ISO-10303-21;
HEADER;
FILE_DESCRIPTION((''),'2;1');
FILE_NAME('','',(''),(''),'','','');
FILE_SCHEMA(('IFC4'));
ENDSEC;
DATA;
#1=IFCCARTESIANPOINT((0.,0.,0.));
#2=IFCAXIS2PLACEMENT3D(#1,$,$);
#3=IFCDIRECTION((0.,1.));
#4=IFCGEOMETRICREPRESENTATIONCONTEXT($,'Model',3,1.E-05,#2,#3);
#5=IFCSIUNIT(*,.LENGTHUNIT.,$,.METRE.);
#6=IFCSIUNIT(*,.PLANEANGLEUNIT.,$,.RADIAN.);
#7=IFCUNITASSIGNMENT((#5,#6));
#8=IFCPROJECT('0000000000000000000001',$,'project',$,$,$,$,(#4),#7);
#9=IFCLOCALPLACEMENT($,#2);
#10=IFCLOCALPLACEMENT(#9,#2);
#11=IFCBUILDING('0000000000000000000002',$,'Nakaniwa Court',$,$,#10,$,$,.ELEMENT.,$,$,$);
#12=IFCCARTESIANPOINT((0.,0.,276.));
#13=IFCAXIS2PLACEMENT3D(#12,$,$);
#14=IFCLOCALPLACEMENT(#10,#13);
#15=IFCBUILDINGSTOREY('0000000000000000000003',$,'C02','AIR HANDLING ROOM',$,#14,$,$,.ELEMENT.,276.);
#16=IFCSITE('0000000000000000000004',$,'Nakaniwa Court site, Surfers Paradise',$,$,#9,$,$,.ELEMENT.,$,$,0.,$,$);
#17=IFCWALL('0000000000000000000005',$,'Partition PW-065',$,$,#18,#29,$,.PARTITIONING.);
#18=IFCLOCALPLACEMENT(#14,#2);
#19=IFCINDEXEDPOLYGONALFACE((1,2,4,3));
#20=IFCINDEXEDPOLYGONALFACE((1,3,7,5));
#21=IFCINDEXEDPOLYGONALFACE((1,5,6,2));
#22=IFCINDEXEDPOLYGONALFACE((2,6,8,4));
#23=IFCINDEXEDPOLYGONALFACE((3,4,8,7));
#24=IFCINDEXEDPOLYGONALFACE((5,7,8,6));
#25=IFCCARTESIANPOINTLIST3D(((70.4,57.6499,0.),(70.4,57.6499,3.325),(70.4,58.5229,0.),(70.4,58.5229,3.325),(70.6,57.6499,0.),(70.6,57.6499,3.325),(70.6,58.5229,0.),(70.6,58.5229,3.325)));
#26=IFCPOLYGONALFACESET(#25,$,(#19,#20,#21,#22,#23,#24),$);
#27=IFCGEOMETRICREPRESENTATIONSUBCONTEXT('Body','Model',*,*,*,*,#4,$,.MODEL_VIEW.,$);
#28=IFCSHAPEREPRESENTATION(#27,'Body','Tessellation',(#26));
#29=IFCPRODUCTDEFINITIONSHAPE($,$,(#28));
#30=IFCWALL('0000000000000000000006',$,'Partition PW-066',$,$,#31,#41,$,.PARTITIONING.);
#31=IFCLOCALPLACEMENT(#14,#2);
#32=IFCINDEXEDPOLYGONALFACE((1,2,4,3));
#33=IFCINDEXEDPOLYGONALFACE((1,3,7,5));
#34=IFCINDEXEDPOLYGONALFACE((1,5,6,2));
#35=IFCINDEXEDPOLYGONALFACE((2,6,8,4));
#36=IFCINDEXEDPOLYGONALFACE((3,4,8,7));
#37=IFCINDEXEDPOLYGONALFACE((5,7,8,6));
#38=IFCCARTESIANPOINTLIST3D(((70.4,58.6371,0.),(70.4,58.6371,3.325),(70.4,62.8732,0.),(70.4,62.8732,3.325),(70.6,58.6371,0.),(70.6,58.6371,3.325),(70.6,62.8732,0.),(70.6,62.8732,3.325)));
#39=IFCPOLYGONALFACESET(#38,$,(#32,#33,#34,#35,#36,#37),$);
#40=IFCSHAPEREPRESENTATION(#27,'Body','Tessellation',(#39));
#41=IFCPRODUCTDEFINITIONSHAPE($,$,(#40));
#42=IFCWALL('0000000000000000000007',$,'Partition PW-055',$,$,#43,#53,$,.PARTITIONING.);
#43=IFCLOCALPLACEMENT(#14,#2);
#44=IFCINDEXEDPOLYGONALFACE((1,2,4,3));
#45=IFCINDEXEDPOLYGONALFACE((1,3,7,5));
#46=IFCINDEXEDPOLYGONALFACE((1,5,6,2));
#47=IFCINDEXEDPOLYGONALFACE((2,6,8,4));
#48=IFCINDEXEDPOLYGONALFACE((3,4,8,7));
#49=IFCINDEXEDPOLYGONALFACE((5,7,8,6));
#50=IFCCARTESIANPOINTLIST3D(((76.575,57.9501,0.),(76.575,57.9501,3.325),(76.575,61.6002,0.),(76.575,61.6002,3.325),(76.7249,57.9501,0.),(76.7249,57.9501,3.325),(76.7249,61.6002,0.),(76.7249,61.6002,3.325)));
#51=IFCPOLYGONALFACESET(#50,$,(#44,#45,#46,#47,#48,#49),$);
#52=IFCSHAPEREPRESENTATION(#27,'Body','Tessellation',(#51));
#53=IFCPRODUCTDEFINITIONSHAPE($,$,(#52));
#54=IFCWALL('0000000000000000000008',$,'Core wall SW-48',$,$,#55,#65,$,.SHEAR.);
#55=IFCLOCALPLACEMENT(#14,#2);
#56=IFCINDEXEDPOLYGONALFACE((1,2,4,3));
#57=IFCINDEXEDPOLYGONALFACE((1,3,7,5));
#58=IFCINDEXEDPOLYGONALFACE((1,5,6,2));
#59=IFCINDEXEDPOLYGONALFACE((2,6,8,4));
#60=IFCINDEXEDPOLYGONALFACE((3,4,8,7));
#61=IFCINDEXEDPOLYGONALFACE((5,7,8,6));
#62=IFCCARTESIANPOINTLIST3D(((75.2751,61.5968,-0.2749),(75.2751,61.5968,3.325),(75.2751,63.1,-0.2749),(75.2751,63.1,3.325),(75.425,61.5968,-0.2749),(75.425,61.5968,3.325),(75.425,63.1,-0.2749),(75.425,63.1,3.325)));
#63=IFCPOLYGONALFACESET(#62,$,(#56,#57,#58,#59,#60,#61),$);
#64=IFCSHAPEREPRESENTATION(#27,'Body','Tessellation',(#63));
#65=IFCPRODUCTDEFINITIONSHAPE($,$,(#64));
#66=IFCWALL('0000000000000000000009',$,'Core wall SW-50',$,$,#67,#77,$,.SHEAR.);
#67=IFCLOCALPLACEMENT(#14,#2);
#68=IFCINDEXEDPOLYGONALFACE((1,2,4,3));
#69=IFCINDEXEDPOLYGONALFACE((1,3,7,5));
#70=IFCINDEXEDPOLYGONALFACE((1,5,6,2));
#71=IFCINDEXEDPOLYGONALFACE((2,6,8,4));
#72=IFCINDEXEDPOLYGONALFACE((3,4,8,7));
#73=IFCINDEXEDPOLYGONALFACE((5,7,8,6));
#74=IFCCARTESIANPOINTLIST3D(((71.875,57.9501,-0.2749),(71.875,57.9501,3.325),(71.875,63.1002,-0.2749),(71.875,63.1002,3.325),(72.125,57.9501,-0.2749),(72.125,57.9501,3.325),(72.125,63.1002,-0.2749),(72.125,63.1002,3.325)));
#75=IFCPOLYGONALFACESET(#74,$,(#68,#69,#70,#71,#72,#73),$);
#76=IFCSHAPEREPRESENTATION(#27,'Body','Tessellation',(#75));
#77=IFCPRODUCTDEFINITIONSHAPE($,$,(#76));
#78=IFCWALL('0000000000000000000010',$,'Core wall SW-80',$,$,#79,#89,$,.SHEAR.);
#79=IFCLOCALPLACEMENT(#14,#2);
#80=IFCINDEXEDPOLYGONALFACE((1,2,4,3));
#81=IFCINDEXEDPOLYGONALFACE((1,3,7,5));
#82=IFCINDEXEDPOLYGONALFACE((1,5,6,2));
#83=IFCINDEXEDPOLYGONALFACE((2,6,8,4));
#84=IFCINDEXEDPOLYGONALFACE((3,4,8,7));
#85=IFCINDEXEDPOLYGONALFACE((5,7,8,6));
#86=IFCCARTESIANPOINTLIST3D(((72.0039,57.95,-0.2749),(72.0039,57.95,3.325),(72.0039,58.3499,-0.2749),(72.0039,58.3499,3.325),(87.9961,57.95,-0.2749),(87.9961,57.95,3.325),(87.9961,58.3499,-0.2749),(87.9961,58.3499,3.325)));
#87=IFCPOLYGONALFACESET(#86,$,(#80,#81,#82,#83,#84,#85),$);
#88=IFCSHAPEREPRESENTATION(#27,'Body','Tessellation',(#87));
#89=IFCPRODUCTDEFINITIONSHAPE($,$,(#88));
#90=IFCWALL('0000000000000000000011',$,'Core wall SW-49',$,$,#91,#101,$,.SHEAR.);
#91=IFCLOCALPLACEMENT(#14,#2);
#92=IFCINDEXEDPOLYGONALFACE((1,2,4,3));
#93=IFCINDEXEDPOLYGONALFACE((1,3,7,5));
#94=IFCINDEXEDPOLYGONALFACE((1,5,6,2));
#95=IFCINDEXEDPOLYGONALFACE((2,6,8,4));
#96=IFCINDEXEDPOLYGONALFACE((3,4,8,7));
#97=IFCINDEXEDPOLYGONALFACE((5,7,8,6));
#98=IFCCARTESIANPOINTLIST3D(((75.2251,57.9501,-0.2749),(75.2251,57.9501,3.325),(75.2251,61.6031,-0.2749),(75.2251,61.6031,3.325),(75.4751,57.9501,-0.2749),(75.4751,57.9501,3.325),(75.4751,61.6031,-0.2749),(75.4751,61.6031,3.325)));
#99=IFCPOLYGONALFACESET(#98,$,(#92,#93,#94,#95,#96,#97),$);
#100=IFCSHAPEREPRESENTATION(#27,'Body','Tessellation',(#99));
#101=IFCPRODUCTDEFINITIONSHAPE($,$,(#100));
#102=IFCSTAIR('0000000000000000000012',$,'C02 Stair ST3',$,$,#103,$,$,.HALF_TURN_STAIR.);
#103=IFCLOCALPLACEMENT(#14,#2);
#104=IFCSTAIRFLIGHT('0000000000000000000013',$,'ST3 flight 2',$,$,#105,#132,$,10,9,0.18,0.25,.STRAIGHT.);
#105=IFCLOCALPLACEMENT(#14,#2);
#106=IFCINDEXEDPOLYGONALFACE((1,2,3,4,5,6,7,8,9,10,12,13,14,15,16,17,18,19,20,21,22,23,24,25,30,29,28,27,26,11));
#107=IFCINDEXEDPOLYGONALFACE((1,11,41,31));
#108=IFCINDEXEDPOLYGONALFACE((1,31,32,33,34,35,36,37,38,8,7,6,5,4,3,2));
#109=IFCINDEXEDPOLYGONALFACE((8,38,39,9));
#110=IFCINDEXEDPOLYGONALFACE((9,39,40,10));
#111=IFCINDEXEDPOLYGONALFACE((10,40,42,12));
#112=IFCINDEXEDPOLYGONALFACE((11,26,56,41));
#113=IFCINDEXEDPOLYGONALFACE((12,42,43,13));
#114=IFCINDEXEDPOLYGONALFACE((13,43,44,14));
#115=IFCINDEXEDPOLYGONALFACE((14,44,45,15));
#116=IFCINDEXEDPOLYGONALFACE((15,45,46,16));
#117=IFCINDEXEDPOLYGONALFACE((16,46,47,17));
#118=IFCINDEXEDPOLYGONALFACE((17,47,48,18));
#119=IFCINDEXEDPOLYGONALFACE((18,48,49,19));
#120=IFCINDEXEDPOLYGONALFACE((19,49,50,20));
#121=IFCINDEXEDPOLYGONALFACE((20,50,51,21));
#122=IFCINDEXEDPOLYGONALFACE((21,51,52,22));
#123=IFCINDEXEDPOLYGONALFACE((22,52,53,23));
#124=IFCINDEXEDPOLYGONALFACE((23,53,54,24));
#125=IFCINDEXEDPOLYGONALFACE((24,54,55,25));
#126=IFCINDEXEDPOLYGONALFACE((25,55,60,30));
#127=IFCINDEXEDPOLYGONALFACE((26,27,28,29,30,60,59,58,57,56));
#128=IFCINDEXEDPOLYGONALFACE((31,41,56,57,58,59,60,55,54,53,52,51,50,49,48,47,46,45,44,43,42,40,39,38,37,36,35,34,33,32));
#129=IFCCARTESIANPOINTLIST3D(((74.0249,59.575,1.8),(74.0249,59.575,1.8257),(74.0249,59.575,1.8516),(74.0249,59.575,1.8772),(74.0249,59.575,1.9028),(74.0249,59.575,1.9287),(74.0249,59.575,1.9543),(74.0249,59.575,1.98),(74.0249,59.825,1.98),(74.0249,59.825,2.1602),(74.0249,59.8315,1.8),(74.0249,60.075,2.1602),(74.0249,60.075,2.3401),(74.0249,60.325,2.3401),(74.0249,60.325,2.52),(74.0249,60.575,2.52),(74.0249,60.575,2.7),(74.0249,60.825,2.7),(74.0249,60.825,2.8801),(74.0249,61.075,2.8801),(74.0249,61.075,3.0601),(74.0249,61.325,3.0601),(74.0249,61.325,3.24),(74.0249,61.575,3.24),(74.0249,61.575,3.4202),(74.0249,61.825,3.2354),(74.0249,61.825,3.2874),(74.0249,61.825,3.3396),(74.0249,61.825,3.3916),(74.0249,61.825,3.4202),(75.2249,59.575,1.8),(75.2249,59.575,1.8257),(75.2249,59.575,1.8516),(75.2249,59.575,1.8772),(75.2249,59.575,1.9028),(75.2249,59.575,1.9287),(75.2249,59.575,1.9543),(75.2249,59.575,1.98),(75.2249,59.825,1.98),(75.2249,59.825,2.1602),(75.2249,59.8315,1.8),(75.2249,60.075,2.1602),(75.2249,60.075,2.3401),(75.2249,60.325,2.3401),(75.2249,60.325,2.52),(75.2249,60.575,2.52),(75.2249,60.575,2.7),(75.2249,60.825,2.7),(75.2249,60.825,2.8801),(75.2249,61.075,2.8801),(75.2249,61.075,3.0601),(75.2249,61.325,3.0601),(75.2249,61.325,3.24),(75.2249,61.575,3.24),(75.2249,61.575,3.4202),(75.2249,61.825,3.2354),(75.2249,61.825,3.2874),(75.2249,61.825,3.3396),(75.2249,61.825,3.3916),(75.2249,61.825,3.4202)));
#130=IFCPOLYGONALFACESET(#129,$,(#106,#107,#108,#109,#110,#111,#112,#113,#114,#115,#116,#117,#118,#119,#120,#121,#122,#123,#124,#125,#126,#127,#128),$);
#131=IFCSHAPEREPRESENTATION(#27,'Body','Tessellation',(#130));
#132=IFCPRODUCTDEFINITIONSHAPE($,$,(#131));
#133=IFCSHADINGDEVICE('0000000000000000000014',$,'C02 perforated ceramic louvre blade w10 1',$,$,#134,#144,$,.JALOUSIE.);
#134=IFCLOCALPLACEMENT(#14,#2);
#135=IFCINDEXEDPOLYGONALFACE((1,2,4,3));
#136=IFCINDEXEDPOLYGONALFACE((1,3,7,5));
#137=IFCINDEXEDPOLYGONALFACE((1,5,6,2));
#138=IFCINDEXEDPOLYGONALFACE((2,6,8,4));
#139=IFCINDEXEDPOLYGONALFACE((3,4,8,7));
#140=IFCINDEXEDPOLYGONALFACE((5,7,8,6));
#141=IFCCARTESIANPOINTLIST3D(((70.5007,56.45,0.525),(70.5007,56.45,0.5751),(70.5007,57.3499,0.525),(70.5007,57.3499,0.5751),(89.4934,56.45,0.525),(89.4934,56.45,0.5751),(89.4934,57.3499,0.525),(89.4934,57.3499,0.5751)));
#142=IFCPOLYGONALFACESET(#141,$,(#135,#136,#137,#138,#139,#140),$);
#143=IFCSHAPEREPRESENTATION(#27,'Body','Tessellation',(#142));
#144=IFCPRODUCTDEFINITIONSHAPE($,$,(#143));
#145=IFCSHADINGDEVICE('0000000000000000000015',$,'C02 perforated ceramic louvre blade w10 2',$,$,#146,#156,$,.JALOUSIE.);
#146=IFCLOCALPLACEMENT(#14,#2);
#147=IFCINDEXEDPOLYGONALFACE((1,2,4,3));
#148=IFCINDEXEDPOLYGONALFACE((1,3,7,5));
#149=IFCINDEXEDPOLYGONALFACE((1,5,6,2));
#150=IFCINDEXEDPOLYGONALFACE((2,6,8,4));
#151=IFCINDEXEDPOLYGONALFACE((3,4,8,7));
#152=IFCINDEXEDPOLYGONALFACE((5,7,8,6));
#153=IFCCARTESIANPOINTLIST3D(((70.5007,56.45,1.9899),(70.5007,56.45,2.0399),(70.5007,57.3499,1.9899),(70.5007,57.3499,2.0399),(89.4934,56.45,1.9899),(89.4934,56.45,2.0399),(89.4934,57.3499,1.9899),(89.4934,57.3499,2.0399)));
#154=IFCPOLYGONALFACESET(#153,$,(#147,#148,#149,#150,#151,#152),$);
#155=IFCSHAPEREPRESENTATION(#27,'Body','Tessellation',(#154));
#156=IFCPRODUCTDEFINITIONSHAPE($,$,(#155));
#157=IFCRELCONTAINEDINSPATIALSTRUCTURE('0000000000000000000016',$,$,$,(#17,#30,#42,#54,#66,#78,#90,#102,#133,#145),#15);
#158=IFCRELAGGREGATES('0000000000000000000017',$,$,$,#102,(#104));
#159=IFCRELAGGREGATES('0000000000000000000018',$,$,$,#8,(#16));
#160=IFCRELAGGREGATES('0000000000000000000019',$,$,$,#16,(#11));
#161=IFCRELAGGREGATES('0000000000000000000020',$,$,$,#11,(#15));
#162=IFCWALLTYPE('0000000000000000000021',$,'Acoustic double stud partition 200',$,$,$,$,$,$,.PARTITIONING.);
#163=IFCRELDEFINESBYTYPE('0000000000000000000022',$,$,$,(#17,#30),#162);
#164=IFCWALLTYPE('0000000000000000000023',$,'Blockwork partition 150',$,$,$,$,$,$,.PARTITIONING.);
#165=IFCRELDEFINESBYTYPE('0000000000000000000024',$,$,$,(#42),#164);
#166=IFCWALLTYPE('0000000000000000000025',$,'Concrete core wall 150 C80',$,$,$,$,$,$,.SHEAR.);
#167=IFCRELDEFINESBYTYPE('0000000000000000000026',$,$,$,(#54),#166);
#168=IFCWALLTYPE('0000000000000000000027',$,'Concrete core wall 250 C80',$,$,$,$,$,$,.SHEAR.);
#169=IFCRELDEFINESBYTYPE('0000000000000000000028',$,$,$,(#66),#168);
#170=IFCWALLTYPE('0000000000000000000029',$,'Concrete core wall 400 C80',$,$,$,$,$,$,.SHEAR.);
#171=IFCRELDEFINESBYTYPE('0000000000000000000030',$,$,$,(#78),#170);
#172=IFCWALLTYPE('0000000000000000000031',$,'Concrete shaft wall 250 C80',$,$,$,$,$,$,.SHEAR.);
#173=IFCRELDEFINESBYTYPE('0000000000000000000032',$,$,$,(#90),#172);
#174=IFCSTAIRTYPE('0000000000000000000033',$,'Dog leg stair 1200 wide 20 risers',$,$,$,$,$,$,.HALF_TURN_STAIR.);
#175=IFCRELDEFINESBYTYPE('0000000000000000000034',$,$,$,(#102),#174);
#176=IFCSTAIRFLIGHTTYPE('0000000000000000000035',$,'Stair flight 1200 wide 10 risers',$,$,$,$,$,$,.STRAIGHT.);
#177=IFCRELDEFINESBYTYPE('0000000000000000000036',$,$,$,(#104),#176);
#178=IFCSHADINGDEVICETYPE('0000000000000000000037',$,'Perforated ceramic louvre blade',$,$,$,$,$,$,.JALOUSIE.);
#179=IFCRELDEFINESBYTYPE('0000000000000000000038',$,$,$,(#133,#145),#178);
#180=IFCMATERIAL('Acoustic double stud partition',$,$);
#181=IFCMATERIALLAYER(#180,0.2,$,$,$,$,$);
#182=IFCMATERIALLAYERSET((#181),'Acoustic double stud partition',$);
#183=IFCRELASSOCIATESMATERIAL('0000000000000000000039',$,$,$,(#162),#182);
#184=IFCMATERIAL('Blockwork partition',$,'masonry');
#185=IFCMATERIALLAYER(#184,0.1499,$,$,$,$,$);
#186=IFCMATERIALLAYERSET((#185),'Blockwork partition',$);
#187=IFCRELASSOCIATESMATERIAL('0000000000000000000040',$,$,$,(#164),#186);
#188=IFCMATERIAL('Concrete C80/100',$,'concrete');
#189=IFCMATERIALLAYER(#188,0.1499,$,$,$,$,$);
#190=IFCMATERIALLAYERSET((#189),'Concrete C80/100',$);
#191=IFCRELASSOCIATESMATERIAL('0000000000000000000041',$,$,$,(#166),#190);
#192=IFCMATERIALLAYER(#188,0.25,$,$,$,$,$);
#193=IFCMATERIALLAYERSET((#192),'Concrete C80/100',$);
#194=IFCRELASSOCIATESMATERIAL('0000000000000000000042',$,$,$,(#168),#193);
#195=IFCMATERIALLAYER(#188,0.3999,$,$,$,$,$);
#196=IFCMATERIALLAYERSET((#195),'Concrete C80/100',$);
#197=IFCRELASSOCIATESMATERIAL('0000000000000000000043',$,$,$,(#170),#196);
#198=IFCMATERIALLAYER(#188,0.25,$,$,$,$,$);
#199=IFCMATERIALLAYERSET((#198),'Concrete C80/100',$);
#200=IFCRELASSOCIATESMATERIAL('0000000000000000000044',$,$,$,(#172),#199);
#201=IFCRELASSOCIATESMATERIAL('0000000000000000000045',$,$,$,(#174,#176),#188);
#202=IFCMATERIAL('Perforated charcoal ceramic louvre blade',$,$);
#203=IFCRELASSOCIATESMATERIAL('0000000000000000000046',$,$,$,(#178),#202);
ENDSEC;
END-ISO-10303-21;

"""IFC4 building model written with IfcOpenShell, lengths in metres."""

from ifc_helpers import new_model, si_unit, direction, frame, frame_2d, origin, origin_2d, place, context, subcontext, project, spatial, polyline, rectangle, outline, extrude, material, layer, layer_set, material_profile, profile_set, type_object, element, aggregate, save


model = new_model("IFC4")

# Units and contexts
model_context = context("Model", 3, precision=1e-05, world=origin(), true_north=direction((0.0, 1.0)))
body_context = subcontext(model_context, "Body", "Model", "MODEL_VIEW")
ifc_project = project(units=[si_unit("LENGTHUNIT", "METRE"), si_unit("PLANEANGLEUNIT", "RADIAN")], contexts=[model_context])

# Site, building, storey
site_placement = place(None, origin())
site = spatial("IfcSite", under=ifc_project, at=site_placement, Name="Nakaniwa Court site, Surfers Paradise", CompositionType="ELEMENT", RefElevation=0.0)
building_placement = place(site_placement, origin())
building = spatial("IfcBuilding", under=site, at=building_placement, Name="Nakaniwa Court", CompositionType="ELEMENT")
storey_placement = place(building_placement, frame((0.0, 0.0, 276.0)))
storey = spatial("IfcBuildingStorey", under=building, at=storey_placement, Name="C02", Description="AIR HANDLING ROOM", CompositionType="ELEMENT", Elevation=276.0)

# Walls
ifc_material_1 = material(Name="Acoustic double stud partition")
ifc_layer_1 = layer(ifc_material_1, 0.2)
ifc_layer_set_1 = layer_set([ifc_layer_1], Name="Acoustic double stud partition")
wall_type_1 = type_object("IfcWallType", Name="Acoustic double stud partition 200", PredefinedType="PARTITIONING", material=ifc_layer_set_1)
wall_1_placement = place(storey_placement, frame((70.5, 57.6499, 0.0), z_axis=(0.0, 0.0, 1.0), x_axis=(0.0, 1.0, 0.0)))
element("IfcWall", 1, at=wall_1_placement, inside=storey, type_object=wall_type_1, Name="Partition PW-065", PredefinedType="PARTITIONING", context=body_context, shape_type="SweptSolid", body=[
    extrude(rectangle(XDim=0.873, YDim=0.2, at=frame_2d((0.4365, 0.0))), origin(), (0.0, 0.0, 1.0), 3.325),
])
wall_2_placement = place(storey_placement, frame((70.5, 58.637, 0.0), z_axis=(0.0, 0.0, 1.0), x_axis=(0.0, 1.0, 0.0)))
element("IfcWall", 2, at=wall_2_placement, inside=storey, type_object=wall_type_1, Name="Partition PW-066", PredefinedType="PARTITIONING", context=body_context, shape_type="SweptSolid", body=[
    extrude(rectangle(XDim=4.2361, YDim=0.2, at=frame_2d((2.1182, 0.0))), origin(), (0.0, 0.0, 1.0), 3.325),
])
ifc_material_2 = material(Name="Blockwork partition", Category="masonry")
ifc_layer_2 = layer(ifc_material_2, 0.1499)
ifc_layer_set_2 = layer_set([ifc_layer_2], Name="Blockwork partition")
wall_type_2 = type_object("IfcWallType", Name="Blockwork partition 150", PredefinedType="PARTITIONING", material=ifc_layer_set_2)
wall_3_placement = place(storey_placement, frame((76.6499, 57.95, 0.0), z_axis=(0.0, 0.0, 1.0), x_axis=(0.0, 1.0, 0.0)))
element("IfcWall", 3, at=wall_3_placement, inside=storey, type_object=wall_type_2, Name="Partition PW-055", PredefinedType="PARTITIONING", context=body_context, shape_type="SweptSolid", body=[
    extrude(rectangle(XDim=3.6501, YDim=0.1499, at=frame_2d((1.8252, 0.0))), origin(), (0.0, 0.0, 1.0), 3.325),
])
ifc_material_3 = material(Name="Concrete C80/100", Category="concrete")
ifc_layer_3 = layer(ifc_material_3, 0.1499)
ifc_layer_set_3 = layer_set([ifc_layer_3], Name="Concrete C80/100")
wall_type_3 = type_object("IfcWallType", Name="Concrete core wall 150 C80", PredefinedType="SHEAR", material=ifc_layer_set_3)
wall_4_placement = place(storey_placement, frame((75.3501, 61.5969, -0.2749), z_axis=(0.0, 0.0, 1.0), x_axis=(0.0, 1.0, 0.0)))
element("IfcWall", 4, at=wall_4_placement, inside=storey, type_object=wall_type_3, Name="Core wall SW-48", PredefinedType="SHEAR", context=body_context, shape_type="SweptSolid", body=[
    extrude(rectangle(XDim=1.5032, YDim=0.1499, at=frame_2d((0.7515, 0.0))), origin(), (0.0, 0.0, 1.0), 3.5999),
])
ifc_layer_4 = layer(ifc_material_3, 0.25)
ifc_layer_set_4 = layer_set([ifc_layer_4], Name="Concrete C80/100")
wall_type_4 = type_object("IfcWallType", Name="Concrete core wall 250 C80", PredefinedType="SHEAR", material=ifc_layer_set_4)
wall_5_placement = place(storey_placement, frame((72.0, 57.95, -0.2749), z_axis=(0.0, 0.0, 1.0), x_axis=(0.0, 1.0, 0.0)))
element("IfcWall", 5, at=wall_5_placement, inside=storey, type_object=wall_type_4, Name="Core wall SW-50", PredefinedType="SHEAR", context=body_context, shape_type="SweptSolid", body=[
    extrude(rectangle(XDim=5.1501, YDim=0.25, at=frame_2d((2.5752, 0.0))), origin(), (0.0, 0.0, 1.0), 3.5999),
])
ifc_layer_5 = layer(ifc_material_3, 0.3999)
ifc_layer_set_5 = layer_set([ifc_layer_5], Name="Concrete C80/100")
wall_type_5 = type_object("IfcWallType", Name="Concrete core wall 400 C80", PredefinedType="SHEAR", material=ifc_layer_set_5)
wall_6_placement = place(storey_placement, frame((72.0039, 58.1499, -0.2749), z_axis=(0.0, 0.0, 1.0), x_axis=(1.0, 0.0, 0.0)))
element("IfcWall", 6, at=wall_6_placement, inside=storey, type_object=wall_type_5, Name="Core wall SW-80", PredefinedType="SHEAR", context=body_context, shape_type="SweptSolid", body=[
    extrude(rectangle(XDim=15.9922, YDim=0.3999, at=frame_2d((7.9961, 0.0))), origin(), (0.0, 0.0, 1.0), 3.5999),
])
ifc_layer_6 = layer(ifc_material_3, 0.25)
ifc_layer_set_6 = layer_set([ifc_layer_6], Name="Concrete C80/100")
wall_type_6 = type_object("IfcWallType", Name="Concrete shaft wall 250 C80", PredefinedType="SHEAR", material=ifc_layer_set_6)
wall_7_placement = place(storey_placement, frame((75.3501, 57.95, -0.2749), z_axis=(0.0, 0.0, 1.0), x_axis=(0.0, 1.0, 0.0)))
element("IfcWall", 7, at=wall_7_placement, inside=storey, type_object=wall_type_6, Name="Core wall SW-49", PredefinedType="SHEAR", context=body_context, shape_type="SweptSolid", body=[
    extrude(rectangle(XDim=3.6531, YDim=0.25, at=frame_2d((1.8267, 0.0))), origin(), (0.0, 0.0, 1.0), 3.5999),
])

# Stair, stair flight
stair_type = type_object("IfcStairType", Name="Dog leg stair 1200 wide 20 risers", PredefinedType="HALF_TURN_STAIR", material=ifc_material_3)
stair_placement = place(storey_placement, origin())
stair = element("IfcStair", 8, at=stair_placement, inside=storey, type_object=stair_type, Name="C02 Stair ST3", PredefinedType="HALF_TURN_STAIR")
stair_flight_type = type_object("IfcStairFlightType", Name="Stair flight 1200 wide 10 risers", PredefinedType="STRAIGHT", material=ifc_material_3)
stair_flight_placement = place(storey_placement, frame((74.625, 59.575, 1.8), z_axis=(0.0, 0.0, 1.0), x_axis=(0.0, 1.0, 0.0)))
stair_flight = element("IfcStairFlight", 9, at=stair_flight_placement, type_object=stair_flight_type, Name="ST3 flight 2", NumberOfRisers=10, NumberOfTreads=9, PredefinedType="STRAIGHT", RiserHeight=0.18, TreadLength=0.25, context=body_context, shape_type="SweptSolid", body=[
    extrude(outline(polyline([(0.0, 0.0), (0.0, 0.0256), (0.0, 0.0515), (0.0, 0.0771), (0.0, 0.1028), (0.0, 0.1287), (0.0, 0.1543), (0.0, 0.1799), (0.25, 0.1799), (0.25, 0.3601), (0.5, 0.3601), (0.5, 0.54), (0.75, 0.54), (0.75, 0.72), (1.0, 0.72), (1.0, 0.8999), (1.25, 0.8999), (1.25, 1.0801), (1.5, 1.0801), (1.5, 1.26), (1.75, 1.26), (1.75, 1.4399), (2.0, 1.4399), (2.0, 1.6201), (2.25, 1.6201), (2.25, 1.8), (2.25, 1.7478), (2.25, 1.6958), (2.25, 1.6438), (2.25, 1.5916), (2.25, 1.5396), (2.25, 1.4873), (2.25, 1.4353), (0.2566, 0.0), (0.0, 0.0)])), frame((0.0, 0.6001, 0.0), z_axis=(0.0, -1.0, 0.0), x_axis=(1.0, 0.0, 0.0)), (0.0, 0.0, 1.0), 1.2),
])
aggregate(stair, [stair_flight])

# Shading devices
ifc_material_4 = material(Name="Perforated charcoal ceramic louvre blade")
ifc_material_profile = material_profile(ifc_material_4, rectangle(XDim=0.8999, YDim=0.05, at=origin_2d()), Name="Perforated ceramic louvre blade")
ifc_profile_set = profile_set([ifc_material_profile], Name="Perforated charcoal ceramic louvre blade")
shading_device_type = type_object("IfcShadingDeviceType", Name="Perforated ceramic louvre blade", PredefinedType="JALOUSIE", material=ifc_profile_set)
for number, where, z_axis, x_axis, name in (
    (10, (70.5007, 56.8999, 0.55), (1.0, 0.0, 0.0), (0.0, 1.0, 0.0), "C02 perforated ceramic louvre blade w10 1"),
    (11, (70.5007, 56.8999, 2.0149), (1.0, 0.0, 0.0), (0.0, 1.0, 0.0), "C02 perforated ceramic louvre blade w10 2"),
):
    element("IfcShadingDevice", number, at=place(storey_placement, frame(where, z_axis=z_axis, x_axis=x_axis)), inside=storey, type_object=shading_device_type, Name=name, PredefinedType="JALOUSIE", context=body_context, shape_type="SweptSolid", body=[
        extrude(rectangle(XDim=0.8999, YDim=0.05, at=origin_2d()), origin(), (0.0, 0.0, 1.0), 18.9927),
    ])

save(model, "model.ifc")
